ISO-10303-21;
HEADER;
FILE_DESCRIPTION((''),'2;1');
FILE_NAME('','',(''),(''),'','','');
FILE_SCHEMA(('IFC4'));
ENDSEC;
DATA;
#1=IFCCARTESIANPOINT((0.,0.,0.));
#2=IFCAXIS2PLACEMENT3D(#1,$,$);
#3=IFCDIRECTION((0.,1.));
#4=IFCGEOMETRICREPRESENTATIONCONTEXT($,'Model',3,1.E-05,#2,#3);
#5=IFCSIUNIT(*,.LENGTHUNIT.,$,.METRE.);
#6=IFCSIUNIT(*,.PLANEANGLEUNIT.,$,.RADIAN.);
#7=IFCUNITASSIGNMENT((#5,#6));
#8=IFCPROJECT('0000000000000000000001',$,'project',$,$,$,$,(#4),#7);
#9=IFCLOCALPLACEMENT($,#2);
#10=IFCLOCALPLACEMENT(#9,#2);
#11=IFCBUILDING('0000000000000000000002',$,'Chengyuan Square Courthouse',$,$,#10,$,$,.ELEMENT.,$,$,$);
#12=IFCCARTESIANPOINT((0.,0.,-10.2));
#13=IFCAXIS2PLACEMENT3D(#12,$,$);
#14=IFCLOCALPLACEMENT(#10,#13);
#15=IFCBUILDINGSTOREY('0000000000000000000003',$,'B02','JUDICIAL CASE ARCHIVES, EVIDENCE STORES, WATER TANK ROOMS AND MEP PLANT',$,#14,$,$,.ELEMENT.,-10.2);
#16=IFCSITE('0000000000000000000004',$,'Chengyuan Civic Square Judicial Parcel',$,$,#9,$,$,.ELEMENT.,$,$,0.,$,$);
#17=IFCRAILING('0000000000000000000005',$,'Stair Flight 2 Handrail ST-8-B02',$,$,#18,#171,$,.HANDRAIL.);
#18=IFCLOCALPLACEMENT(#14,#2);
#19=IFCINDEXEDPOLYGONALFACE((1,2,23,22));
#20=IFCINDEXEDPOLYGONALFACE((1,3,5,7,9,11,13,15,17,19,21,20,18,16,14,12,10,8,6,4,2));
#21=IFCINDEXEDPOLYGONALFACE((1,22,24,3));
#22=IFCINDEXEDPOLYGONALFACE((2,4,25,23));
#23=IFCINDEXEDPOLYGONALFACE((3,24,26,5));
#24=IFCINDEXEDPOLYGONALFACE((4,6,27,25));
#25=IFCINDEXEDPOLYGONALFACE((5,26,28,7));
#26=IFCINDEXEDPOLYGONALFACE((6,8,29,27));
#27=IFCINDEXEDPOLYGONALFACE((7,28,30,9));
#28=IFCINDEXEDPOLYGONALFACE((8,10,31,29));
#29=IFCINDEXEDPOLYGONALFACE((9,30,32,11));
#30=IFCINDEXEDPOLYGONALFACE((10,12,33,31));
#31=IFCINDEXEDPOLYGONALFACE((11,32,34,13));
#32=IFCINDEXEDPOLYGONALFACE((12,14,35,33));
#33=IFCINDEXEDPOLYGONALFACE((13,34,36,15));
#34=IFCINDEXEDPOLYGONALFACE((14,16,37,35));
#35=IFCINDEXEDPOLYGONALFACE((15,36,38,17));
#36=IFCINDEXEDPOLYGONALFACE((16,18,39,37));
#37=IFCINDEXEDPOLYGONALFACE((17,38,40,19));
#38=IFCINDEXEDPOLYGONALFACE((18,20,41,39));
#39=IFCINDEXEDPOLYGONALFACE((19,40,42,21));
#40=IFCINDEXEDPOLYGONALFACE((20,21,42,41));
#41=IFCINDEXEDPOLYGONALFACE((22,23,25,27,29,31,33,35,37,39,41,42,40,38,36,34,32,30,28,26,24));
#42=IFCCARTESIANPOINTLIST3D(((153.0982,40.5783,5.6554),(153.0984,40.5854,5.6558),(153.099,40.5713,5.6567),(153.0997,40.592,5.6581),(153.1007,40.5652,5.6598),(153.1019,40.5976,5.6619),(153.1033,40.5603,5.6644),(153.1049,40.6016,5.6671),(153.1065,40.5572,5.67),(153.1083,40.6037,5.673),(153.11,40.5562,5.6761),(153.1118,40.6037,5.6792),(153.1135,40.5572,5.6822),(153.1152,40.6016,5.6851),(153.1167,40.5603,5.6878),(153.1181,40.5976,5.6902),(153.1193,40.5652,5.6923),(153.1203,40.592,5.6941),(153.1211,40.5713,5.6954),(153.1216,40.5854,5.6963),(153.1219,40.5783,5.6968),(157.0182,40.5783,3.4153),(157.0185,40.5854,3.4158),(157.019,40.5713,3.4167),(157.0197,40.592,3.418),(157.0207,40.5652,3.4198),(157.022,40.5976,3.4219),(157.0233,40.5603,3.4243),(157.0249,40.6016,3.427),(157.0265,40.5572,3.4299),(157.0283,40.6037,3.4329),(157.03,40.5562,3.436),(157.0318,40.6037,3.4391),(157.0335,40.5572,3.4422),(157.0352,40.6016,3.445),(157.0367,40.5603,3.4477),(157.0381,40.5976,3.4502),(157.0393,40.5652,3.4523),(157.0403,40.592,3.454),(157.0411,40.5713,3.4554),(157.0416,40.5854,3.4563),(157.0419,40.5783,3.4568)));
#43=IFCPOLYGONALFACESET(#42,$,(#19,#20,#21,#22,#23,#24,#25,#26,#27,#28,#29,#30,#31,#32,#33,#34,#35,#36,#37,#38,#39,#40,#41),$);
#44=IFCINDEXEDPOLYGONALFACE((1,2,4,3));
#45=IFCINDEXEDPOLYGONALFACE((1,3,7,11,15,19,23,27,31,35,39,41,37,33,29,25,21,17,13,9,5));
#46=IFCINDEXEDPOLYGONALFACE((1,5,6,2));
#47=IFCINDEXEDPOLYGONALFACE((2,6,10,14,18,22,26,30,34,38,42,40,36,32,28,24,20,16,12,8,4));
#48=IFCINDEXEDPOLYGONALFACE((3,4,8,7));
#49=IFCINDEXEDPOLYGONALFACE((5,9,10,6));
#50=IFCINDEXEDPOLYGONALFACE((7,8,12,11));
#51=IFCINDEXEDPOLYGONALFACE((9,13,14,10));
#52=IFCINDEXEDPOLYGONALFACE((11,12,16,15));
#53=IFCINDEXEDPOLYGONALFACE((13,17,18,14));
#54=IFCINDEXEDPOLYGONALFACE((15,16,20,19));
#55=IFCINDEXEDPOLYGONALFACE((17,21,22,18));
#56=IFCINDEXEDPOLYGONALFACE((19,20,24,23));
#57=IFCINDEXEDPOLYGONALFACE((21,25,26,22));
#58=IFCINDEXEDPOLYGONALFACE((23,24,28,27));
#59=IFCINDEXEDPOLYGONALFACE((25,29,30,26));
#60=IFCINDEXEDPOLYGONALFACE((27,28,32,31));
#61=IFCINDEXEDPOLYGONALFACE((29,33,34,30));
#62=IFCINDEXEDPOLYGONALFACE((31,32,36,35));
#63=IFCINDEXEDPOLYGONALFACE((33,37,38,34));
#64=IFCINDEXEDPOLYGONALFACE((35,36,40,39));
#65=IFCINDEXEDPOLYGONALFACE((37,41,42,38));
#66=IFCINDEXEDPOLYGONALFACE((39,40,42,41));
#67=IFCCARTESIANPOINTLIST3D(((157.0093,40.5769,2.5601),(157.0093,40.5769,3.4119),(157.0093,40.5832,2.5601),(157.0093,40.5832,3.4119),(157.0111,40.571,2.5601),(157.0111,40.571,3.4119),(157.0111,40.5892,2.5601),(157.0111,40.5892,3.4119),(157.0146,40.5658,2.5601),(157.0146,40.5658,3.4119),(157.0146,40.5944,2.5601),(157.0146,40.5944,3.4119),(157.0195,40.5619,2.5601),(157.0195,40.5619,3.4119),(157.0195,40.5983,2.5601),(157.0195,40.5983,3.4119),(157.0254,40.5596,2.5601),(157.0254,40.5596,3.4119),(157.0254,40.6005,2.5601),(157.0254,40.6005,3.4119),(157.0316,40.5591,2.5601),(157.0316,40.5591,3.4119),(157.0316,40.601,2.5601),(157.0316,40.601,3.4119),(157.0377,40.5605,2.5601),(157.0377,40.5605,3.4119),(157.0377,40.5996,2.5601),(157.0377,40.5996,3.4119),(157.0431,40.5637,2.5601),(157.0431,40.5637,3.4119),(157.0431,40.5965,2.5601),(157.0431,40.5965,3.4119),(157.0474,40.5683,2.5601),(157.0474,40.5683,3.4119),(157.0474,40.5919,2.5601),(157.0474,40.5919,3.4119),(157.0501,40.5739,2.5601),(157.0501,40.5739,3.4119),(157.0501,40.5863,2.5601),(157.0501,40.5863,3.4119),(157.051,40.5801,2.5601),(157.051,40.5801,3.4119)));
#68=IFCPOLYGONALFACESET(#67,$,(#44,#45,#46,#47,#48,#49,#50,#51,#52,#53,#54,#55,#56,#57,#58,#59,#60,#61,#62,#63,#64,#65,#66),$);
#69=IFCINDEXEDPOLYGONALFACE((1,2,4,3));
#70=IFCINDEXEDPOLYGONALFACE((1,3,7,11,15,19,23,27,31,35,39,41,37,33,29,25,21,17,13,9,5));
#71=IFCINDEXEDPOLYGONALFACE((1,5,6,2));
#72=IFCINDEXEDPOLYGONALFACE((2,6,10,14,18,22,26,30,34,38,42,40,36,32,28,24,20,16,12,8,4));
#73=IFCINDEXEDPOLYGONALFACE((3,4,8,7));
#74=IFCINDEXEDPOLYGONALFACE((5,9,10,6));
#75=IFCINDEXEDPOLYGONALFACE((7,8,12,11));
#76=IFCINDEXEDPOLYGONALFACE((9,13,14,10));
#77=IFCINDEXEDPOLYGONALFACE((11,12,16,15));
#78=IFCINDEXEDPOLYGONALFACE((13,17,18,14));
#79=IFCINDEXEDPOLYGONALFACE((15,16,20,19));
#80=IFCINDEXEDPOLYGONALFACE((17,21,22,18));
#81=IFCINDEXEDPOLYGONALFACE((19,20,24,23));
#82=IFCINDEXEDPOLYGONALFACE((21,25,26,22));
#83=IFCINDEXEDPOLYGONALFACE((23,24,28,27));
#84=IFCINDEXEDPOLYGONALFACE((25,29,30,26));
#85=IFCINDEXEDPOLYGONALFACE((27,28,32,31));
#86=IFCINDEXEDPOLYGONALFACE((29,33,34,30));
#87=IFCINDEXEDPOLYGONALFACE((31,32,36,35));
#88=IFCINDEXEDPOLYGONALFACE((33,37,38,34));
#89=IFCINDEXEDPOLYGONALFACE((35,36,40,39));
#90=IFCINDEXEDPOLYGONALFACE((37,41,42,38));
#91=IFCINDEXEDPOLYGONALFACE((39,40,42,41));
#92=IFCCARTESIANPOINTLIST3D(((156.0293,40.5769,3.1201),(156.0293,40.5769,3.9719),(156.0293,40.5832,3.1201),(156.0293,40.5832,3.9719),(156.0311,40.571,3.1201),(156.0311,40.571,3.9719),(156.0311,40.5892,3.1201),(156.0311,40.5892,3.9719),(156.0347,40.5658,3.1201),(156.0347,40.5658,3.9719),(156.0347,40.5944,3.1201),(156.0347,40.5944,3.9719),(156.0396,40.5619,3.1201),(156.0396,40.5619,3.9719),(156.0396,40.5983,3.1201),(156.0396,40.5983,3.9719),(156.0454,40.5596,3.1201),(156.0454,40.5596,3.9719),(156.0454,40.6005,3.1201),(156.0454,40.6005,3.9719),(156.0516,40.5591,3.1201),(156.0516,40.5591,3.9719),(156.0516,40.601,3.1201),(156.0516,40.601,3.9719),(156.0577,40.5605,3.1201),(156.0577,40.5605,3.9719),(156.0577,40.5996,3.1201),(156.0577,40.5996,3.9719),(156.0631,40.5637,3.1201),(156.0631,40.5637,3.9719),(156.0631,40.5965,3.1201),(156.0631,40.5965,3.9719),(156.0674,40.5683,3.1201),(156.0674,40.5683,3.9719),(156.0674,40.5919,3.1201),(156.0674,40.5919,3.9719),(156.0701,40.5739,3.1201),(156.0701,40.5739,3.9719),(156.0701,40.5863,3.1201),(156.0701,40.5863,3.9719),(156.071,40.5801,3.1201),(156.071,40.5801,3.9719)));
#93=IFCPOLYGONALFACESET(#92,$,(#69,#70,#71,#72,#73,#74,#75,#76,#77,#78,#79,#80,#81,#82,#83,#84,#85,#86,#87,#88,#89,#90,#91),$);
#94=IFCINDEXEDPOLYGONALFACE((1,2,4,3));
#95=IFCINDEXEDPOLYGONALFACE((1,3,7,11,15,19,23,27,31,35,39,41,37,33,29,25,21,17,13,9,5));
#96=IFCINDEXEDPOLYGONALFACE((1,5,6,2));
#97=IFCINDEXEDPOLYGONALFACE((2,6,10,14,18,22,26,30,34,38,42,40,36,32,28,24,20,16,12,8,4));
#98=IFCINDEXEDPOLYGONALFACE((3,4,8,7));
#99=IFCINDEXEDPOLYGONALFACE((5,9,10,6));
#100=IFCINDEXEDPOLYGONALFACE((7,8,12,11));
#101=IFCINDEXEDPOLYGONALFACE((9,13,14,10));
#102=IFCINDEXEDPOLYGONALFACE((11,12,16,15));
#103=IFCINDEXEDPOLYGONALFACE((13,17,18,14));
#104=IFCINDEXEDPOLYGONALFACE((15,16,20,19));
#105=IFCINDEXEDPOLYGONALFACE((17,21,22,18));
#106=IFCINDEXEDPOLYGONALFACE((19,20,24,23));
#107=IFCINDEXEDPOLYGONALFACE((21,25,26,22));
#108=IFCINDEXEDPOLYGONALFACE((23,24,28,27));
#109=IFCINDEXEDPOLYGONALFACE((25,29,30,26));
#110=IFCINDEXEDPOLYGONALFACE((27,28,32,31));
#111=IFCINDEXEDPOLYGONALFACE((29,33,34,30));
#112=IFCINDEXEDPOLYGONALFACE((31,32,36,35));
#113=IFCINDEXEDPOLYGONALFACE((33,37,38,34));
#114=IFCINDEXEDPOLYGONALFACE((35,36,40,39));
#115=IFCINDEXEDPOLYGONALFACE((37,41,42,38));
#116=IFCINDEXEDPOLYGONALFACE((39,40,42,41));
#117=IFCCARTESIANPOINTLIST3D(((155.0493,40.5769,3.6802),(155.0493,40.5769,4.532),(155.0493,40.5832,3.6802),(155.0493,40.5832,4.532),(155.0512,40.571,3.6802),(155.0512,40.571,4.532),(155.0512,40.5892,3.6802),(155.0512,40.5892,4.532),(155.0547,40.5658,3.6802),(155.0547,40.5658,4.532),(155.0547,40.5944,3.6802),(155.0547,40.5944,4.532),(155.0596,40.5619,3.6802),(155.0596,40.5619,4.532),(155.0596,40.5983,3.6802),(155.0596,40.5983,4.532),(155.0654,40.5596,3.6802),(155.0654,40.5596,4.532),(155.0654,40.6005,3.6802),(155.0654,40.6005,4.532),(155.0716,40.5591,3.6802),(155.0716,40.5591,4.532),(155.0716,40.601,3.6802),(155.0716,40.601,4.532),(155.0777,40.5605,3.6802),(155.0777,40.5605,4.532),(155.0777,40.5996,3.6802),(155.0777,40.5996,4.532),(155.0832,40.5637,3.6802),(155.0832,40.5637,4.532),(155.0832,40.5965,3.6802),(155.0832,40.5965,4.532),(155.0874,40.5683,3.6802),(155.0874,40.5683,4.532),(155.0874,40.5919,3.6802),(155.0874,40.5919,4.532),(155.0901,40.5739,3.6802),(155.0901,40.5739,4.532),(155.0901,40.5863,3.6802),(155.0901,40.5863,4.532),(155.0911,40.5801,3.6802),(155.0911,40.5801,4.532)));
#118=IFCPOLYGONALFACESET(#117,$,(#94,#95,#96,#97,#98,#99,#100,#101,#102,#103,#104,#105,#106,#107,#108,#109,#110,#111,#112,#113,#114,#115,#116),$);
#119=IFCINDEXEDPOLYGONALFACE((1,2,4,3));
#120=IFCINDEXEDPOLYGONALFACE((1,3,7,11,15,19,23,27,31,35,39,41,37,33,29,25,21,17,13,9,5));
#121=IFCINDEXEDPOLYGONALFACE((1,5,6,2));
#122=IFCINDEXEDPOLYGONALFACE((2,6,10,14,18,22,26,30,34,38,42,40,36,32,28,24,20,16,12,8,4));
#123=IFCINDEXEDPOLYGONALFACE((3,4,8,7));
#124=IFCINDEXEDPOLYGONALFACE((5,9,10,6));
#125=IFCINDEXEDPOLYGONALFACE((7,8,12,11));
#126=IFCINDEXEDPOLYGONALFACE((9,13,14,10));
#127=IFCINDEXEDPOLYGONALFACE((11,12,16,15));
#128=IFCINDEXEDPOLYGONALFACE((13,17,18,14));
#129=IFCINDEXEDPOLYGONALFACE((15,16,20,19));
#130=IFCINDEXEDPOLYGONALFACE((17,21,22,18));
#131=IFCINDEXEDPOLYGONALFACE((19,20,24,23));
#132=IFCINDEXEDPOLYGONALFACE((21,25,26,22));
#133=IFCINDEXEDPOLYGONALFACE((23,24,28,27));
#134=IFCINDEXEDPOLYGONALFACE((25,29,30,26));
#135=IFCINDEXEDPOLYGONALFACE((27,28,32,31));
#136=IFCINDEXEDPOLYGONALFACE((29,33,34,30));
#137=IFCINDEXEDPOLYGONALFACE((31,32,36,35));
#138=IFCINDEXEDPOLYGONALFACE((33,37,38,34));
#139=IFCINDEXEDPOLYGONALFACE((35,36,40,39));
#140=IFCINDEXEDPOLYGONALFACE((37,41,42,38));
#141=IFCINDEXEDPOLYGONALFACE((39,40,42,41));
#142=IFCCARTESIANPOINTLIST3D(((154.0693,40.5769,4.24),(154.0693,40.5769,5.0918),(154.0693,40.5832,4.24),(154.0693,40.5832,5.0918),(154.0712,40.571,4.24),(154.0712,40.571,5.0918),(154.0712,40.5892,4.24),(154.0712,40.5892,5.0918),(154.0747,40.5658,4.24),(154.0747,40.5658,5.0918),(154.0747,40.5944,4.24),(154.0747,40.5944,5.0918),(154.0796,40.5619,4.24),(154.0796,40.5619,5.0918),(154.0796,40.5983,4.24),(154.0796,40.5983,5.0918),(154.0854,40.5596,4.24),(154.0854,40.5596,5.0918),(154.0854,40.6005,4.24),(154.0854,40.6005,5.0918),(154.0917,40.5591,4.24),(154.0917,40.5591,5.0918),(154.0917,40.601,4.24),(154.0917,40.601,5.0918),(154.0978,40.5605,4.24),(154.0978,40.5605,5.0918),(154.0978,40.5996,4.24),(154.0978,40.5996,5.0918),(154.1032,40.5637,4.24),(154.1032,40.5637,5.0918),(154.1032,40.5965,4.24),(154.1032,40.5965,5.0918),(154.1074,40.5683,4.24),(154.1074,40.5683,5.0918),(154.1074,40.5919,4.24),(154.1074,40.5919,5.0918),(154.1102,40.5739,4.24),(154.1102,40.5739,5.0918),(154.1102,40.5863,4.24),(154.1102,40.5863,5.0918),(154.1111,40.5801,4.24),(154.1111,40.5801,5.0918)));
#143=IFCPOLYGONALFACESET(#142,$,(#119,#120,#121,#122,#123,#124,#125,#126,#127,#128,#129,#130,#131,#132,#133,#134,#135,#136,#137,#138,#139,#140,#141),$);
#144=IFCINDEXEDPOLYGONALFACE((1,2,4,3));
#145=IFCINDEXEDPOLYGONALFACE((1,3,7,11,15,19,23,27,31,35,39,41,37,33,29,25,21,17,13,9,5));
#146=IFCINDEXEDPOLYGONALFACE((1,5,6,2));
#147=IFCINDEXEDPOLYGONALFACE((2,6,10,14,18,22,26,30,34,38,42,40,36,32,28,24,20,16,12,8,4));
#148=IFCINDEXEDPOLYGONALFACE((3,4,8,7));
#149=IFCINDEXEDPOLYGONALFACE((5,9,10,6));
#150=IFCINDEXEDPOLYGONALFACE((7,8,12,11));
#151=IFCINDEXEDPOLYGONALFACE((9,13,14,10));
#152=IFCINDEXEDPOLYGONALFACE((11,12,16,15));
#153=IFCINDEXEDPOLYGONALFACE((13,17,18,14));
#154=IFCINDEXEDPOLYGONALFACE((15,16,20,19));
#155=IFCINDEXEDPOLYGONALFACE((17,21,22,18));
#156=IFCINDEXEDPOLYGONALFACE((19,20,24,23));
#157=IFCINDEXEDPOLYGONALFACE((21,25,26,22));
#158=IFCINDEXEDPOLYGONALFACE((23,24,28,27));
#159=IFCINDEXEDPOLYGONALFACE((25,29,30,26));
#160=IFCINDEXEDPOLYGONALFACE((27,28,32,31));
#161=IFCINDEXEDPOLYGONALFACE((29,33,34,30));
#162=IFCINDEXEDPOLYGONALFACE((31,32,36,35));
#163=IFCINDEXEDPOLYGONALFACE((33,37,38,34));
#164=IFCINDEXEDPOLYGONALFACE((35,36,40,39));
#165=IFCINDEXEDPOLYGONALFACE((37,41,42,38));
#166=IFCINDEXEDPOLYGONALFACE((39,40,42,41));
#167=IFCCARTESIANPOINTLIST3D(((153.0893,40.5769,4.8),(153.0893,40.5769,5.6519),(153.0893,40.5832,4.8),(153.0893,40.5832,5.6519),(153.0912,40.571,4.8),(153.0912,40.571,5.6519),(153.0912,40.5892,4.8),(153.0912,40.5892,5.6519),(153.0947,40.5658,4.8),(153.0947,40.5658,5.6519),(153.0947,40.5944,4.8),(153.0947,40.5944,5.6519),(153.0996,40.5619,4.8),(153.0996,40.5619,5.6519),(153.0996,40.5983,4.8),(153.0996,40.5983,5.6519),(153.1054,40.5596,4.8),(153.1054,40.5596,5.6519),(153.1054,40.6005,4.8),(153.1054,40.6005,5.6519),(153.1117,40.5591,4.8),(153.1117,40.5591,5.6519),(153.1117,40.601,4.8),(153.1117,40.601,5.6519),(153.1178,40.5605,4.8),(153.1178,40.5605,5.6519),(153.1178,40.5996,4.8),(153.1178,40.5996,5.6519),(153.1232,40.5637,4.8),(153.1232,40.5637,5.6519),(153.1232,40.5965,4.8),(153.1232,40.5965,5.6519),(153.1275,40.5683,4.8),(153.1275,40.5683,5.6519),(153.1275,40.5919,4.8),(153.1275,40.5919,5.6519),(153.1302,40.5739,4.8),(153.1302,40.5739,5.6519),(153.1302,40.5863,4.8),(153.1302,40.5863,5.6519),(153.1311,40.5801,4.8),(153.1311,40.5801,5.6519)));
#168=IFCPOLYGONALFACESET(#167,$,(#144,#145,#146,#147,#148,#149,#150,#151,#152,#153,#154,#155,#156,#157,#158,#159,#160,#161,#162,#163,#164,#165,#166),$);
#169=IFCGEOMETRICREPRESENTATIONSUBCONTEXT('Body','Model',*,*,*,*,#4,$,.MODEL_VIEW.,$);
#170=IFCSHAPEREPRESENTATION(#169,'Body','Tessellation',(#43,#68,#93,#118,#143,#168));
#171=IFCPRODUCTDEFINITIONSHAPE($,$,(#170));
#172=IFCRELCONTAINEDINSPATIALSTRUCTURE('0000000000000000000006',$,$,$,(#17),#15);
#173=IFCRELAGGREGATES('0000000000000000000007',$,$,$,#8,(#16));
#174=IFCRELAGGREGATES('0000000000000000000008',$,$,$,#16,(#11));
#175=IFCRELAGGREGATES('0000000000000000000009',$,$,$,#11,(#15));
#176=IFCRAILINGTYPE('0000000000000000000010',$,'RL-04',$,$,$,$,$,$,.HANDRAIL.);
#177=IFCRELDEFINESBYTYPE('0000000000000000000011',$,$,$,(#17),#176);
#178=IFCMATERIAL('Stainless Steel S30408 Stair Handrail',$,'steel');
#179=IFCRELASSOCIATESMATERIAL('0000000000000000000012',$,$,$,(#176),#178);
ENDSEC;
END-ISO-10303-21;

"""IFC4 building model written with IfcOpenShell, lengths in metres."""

from ifc_helpers import new_model, si_unit, direction, frame, origin, origin_2d, place, context, subcontext, project, spatial, circle, extrude, material, type_object, element, save


model = new_model("IFC4")

# Units and contexts
model_context = context("Model", 3, precision=1e-05, world=origin(), true_north=direction((0.0, 1.0)))
body_context = subcontext(model_context, "Body", "Model", "MODEL_VIEW")
ifc_project = project(units=[si_unit("LENGTHUNIT", "METRE"), si_unit("PLANEANGLEUNIT", "RADIAN")], contexts=[model_context])

# Site, building, storey
site_placement = place(None, origin())
site = spatial("IfcSite", under=ifc_project, at=site_placement, Name="Chengyuan Civic Square Judicial Parcel", CompositionType="ELEMENT", RefElevation=0.0)
building_placement = place(site_placement, origin())
building = spatial("IfcBuilding", under=site, at=building_placement, Name="Chengyuan Square Courthouse", CompositionType="ELEMENT")
storey_placement = place(building_placement, frame((0.0, 0.0, -10.2)))
storey = spatial("IfcBuildingStorey", under=building, at=storey_placement, Name="B02", Description="JUDICIAL CASE ARCHIVES, EVIDENCE STORES, WATER TANK ROOMS AND MEP PLANT", CompositionType="ELEMENT", Elevation=-10.2)

# Railing
ifc_material_1 = material(Name="Stainless Steel S30408 Stair Handrail", Category="steel")
railing_type_1 = type_object("IfcRailingType", Name="RL-04", PredefinedType="HANDRAIL", material=ifc_material_1)
railing_1_placement = place(storey_placement, frame((157.03, 40.5801, 2.5601)))
element("IfcRailing", 1, at=railing_1_placement, inside=storey, type_object=railing_type_1, Name="Stair Flight 2 Handrail ST-8-B02", PredefinedType="HANDRAIL", context=body_context, shape_type="SweptSolid", body=[
    extrude(circle(Radius=0.0239, at=origin_2d()), frame((0.0, 0.0, 0.876), z_axis=(-0.86824, 0.0, 0.496145), x_axis=(0.0, -1.0, 0.0)), (0.0, 0.0, 1.0), 4.5149),
    extrude(circle(Radius=0.021, at=origin_2d()), origin(), (0.0, 0.0, 1.0), 0.8518),
    extrude(circle(Radius=0.021, at=origin_2d()), frame((-0.98, 0.0, 0.5601)), (0.0, 0.0, 1.0), 0.8518),
    extrude(circle(Radius=0.021, at=origin_2d()), frame((-1.96, 0.0, 1.1201)), (0.0, 0.0, 1.0), 0.8518),
    extrude(circle(Radius=0.021, at=origin_2d()), frame((-2.9399, 0.0, 1.6799)), (0.0, 0.0, 1.0), 0.8518),
    extrude(circle(Radius=0.021, at=origin_2d()), frame((-3.9199, 0.0, 2.24)), (0.0, 0.0, 1.0), 0.8518),
])

save(model, "model.ifc")
